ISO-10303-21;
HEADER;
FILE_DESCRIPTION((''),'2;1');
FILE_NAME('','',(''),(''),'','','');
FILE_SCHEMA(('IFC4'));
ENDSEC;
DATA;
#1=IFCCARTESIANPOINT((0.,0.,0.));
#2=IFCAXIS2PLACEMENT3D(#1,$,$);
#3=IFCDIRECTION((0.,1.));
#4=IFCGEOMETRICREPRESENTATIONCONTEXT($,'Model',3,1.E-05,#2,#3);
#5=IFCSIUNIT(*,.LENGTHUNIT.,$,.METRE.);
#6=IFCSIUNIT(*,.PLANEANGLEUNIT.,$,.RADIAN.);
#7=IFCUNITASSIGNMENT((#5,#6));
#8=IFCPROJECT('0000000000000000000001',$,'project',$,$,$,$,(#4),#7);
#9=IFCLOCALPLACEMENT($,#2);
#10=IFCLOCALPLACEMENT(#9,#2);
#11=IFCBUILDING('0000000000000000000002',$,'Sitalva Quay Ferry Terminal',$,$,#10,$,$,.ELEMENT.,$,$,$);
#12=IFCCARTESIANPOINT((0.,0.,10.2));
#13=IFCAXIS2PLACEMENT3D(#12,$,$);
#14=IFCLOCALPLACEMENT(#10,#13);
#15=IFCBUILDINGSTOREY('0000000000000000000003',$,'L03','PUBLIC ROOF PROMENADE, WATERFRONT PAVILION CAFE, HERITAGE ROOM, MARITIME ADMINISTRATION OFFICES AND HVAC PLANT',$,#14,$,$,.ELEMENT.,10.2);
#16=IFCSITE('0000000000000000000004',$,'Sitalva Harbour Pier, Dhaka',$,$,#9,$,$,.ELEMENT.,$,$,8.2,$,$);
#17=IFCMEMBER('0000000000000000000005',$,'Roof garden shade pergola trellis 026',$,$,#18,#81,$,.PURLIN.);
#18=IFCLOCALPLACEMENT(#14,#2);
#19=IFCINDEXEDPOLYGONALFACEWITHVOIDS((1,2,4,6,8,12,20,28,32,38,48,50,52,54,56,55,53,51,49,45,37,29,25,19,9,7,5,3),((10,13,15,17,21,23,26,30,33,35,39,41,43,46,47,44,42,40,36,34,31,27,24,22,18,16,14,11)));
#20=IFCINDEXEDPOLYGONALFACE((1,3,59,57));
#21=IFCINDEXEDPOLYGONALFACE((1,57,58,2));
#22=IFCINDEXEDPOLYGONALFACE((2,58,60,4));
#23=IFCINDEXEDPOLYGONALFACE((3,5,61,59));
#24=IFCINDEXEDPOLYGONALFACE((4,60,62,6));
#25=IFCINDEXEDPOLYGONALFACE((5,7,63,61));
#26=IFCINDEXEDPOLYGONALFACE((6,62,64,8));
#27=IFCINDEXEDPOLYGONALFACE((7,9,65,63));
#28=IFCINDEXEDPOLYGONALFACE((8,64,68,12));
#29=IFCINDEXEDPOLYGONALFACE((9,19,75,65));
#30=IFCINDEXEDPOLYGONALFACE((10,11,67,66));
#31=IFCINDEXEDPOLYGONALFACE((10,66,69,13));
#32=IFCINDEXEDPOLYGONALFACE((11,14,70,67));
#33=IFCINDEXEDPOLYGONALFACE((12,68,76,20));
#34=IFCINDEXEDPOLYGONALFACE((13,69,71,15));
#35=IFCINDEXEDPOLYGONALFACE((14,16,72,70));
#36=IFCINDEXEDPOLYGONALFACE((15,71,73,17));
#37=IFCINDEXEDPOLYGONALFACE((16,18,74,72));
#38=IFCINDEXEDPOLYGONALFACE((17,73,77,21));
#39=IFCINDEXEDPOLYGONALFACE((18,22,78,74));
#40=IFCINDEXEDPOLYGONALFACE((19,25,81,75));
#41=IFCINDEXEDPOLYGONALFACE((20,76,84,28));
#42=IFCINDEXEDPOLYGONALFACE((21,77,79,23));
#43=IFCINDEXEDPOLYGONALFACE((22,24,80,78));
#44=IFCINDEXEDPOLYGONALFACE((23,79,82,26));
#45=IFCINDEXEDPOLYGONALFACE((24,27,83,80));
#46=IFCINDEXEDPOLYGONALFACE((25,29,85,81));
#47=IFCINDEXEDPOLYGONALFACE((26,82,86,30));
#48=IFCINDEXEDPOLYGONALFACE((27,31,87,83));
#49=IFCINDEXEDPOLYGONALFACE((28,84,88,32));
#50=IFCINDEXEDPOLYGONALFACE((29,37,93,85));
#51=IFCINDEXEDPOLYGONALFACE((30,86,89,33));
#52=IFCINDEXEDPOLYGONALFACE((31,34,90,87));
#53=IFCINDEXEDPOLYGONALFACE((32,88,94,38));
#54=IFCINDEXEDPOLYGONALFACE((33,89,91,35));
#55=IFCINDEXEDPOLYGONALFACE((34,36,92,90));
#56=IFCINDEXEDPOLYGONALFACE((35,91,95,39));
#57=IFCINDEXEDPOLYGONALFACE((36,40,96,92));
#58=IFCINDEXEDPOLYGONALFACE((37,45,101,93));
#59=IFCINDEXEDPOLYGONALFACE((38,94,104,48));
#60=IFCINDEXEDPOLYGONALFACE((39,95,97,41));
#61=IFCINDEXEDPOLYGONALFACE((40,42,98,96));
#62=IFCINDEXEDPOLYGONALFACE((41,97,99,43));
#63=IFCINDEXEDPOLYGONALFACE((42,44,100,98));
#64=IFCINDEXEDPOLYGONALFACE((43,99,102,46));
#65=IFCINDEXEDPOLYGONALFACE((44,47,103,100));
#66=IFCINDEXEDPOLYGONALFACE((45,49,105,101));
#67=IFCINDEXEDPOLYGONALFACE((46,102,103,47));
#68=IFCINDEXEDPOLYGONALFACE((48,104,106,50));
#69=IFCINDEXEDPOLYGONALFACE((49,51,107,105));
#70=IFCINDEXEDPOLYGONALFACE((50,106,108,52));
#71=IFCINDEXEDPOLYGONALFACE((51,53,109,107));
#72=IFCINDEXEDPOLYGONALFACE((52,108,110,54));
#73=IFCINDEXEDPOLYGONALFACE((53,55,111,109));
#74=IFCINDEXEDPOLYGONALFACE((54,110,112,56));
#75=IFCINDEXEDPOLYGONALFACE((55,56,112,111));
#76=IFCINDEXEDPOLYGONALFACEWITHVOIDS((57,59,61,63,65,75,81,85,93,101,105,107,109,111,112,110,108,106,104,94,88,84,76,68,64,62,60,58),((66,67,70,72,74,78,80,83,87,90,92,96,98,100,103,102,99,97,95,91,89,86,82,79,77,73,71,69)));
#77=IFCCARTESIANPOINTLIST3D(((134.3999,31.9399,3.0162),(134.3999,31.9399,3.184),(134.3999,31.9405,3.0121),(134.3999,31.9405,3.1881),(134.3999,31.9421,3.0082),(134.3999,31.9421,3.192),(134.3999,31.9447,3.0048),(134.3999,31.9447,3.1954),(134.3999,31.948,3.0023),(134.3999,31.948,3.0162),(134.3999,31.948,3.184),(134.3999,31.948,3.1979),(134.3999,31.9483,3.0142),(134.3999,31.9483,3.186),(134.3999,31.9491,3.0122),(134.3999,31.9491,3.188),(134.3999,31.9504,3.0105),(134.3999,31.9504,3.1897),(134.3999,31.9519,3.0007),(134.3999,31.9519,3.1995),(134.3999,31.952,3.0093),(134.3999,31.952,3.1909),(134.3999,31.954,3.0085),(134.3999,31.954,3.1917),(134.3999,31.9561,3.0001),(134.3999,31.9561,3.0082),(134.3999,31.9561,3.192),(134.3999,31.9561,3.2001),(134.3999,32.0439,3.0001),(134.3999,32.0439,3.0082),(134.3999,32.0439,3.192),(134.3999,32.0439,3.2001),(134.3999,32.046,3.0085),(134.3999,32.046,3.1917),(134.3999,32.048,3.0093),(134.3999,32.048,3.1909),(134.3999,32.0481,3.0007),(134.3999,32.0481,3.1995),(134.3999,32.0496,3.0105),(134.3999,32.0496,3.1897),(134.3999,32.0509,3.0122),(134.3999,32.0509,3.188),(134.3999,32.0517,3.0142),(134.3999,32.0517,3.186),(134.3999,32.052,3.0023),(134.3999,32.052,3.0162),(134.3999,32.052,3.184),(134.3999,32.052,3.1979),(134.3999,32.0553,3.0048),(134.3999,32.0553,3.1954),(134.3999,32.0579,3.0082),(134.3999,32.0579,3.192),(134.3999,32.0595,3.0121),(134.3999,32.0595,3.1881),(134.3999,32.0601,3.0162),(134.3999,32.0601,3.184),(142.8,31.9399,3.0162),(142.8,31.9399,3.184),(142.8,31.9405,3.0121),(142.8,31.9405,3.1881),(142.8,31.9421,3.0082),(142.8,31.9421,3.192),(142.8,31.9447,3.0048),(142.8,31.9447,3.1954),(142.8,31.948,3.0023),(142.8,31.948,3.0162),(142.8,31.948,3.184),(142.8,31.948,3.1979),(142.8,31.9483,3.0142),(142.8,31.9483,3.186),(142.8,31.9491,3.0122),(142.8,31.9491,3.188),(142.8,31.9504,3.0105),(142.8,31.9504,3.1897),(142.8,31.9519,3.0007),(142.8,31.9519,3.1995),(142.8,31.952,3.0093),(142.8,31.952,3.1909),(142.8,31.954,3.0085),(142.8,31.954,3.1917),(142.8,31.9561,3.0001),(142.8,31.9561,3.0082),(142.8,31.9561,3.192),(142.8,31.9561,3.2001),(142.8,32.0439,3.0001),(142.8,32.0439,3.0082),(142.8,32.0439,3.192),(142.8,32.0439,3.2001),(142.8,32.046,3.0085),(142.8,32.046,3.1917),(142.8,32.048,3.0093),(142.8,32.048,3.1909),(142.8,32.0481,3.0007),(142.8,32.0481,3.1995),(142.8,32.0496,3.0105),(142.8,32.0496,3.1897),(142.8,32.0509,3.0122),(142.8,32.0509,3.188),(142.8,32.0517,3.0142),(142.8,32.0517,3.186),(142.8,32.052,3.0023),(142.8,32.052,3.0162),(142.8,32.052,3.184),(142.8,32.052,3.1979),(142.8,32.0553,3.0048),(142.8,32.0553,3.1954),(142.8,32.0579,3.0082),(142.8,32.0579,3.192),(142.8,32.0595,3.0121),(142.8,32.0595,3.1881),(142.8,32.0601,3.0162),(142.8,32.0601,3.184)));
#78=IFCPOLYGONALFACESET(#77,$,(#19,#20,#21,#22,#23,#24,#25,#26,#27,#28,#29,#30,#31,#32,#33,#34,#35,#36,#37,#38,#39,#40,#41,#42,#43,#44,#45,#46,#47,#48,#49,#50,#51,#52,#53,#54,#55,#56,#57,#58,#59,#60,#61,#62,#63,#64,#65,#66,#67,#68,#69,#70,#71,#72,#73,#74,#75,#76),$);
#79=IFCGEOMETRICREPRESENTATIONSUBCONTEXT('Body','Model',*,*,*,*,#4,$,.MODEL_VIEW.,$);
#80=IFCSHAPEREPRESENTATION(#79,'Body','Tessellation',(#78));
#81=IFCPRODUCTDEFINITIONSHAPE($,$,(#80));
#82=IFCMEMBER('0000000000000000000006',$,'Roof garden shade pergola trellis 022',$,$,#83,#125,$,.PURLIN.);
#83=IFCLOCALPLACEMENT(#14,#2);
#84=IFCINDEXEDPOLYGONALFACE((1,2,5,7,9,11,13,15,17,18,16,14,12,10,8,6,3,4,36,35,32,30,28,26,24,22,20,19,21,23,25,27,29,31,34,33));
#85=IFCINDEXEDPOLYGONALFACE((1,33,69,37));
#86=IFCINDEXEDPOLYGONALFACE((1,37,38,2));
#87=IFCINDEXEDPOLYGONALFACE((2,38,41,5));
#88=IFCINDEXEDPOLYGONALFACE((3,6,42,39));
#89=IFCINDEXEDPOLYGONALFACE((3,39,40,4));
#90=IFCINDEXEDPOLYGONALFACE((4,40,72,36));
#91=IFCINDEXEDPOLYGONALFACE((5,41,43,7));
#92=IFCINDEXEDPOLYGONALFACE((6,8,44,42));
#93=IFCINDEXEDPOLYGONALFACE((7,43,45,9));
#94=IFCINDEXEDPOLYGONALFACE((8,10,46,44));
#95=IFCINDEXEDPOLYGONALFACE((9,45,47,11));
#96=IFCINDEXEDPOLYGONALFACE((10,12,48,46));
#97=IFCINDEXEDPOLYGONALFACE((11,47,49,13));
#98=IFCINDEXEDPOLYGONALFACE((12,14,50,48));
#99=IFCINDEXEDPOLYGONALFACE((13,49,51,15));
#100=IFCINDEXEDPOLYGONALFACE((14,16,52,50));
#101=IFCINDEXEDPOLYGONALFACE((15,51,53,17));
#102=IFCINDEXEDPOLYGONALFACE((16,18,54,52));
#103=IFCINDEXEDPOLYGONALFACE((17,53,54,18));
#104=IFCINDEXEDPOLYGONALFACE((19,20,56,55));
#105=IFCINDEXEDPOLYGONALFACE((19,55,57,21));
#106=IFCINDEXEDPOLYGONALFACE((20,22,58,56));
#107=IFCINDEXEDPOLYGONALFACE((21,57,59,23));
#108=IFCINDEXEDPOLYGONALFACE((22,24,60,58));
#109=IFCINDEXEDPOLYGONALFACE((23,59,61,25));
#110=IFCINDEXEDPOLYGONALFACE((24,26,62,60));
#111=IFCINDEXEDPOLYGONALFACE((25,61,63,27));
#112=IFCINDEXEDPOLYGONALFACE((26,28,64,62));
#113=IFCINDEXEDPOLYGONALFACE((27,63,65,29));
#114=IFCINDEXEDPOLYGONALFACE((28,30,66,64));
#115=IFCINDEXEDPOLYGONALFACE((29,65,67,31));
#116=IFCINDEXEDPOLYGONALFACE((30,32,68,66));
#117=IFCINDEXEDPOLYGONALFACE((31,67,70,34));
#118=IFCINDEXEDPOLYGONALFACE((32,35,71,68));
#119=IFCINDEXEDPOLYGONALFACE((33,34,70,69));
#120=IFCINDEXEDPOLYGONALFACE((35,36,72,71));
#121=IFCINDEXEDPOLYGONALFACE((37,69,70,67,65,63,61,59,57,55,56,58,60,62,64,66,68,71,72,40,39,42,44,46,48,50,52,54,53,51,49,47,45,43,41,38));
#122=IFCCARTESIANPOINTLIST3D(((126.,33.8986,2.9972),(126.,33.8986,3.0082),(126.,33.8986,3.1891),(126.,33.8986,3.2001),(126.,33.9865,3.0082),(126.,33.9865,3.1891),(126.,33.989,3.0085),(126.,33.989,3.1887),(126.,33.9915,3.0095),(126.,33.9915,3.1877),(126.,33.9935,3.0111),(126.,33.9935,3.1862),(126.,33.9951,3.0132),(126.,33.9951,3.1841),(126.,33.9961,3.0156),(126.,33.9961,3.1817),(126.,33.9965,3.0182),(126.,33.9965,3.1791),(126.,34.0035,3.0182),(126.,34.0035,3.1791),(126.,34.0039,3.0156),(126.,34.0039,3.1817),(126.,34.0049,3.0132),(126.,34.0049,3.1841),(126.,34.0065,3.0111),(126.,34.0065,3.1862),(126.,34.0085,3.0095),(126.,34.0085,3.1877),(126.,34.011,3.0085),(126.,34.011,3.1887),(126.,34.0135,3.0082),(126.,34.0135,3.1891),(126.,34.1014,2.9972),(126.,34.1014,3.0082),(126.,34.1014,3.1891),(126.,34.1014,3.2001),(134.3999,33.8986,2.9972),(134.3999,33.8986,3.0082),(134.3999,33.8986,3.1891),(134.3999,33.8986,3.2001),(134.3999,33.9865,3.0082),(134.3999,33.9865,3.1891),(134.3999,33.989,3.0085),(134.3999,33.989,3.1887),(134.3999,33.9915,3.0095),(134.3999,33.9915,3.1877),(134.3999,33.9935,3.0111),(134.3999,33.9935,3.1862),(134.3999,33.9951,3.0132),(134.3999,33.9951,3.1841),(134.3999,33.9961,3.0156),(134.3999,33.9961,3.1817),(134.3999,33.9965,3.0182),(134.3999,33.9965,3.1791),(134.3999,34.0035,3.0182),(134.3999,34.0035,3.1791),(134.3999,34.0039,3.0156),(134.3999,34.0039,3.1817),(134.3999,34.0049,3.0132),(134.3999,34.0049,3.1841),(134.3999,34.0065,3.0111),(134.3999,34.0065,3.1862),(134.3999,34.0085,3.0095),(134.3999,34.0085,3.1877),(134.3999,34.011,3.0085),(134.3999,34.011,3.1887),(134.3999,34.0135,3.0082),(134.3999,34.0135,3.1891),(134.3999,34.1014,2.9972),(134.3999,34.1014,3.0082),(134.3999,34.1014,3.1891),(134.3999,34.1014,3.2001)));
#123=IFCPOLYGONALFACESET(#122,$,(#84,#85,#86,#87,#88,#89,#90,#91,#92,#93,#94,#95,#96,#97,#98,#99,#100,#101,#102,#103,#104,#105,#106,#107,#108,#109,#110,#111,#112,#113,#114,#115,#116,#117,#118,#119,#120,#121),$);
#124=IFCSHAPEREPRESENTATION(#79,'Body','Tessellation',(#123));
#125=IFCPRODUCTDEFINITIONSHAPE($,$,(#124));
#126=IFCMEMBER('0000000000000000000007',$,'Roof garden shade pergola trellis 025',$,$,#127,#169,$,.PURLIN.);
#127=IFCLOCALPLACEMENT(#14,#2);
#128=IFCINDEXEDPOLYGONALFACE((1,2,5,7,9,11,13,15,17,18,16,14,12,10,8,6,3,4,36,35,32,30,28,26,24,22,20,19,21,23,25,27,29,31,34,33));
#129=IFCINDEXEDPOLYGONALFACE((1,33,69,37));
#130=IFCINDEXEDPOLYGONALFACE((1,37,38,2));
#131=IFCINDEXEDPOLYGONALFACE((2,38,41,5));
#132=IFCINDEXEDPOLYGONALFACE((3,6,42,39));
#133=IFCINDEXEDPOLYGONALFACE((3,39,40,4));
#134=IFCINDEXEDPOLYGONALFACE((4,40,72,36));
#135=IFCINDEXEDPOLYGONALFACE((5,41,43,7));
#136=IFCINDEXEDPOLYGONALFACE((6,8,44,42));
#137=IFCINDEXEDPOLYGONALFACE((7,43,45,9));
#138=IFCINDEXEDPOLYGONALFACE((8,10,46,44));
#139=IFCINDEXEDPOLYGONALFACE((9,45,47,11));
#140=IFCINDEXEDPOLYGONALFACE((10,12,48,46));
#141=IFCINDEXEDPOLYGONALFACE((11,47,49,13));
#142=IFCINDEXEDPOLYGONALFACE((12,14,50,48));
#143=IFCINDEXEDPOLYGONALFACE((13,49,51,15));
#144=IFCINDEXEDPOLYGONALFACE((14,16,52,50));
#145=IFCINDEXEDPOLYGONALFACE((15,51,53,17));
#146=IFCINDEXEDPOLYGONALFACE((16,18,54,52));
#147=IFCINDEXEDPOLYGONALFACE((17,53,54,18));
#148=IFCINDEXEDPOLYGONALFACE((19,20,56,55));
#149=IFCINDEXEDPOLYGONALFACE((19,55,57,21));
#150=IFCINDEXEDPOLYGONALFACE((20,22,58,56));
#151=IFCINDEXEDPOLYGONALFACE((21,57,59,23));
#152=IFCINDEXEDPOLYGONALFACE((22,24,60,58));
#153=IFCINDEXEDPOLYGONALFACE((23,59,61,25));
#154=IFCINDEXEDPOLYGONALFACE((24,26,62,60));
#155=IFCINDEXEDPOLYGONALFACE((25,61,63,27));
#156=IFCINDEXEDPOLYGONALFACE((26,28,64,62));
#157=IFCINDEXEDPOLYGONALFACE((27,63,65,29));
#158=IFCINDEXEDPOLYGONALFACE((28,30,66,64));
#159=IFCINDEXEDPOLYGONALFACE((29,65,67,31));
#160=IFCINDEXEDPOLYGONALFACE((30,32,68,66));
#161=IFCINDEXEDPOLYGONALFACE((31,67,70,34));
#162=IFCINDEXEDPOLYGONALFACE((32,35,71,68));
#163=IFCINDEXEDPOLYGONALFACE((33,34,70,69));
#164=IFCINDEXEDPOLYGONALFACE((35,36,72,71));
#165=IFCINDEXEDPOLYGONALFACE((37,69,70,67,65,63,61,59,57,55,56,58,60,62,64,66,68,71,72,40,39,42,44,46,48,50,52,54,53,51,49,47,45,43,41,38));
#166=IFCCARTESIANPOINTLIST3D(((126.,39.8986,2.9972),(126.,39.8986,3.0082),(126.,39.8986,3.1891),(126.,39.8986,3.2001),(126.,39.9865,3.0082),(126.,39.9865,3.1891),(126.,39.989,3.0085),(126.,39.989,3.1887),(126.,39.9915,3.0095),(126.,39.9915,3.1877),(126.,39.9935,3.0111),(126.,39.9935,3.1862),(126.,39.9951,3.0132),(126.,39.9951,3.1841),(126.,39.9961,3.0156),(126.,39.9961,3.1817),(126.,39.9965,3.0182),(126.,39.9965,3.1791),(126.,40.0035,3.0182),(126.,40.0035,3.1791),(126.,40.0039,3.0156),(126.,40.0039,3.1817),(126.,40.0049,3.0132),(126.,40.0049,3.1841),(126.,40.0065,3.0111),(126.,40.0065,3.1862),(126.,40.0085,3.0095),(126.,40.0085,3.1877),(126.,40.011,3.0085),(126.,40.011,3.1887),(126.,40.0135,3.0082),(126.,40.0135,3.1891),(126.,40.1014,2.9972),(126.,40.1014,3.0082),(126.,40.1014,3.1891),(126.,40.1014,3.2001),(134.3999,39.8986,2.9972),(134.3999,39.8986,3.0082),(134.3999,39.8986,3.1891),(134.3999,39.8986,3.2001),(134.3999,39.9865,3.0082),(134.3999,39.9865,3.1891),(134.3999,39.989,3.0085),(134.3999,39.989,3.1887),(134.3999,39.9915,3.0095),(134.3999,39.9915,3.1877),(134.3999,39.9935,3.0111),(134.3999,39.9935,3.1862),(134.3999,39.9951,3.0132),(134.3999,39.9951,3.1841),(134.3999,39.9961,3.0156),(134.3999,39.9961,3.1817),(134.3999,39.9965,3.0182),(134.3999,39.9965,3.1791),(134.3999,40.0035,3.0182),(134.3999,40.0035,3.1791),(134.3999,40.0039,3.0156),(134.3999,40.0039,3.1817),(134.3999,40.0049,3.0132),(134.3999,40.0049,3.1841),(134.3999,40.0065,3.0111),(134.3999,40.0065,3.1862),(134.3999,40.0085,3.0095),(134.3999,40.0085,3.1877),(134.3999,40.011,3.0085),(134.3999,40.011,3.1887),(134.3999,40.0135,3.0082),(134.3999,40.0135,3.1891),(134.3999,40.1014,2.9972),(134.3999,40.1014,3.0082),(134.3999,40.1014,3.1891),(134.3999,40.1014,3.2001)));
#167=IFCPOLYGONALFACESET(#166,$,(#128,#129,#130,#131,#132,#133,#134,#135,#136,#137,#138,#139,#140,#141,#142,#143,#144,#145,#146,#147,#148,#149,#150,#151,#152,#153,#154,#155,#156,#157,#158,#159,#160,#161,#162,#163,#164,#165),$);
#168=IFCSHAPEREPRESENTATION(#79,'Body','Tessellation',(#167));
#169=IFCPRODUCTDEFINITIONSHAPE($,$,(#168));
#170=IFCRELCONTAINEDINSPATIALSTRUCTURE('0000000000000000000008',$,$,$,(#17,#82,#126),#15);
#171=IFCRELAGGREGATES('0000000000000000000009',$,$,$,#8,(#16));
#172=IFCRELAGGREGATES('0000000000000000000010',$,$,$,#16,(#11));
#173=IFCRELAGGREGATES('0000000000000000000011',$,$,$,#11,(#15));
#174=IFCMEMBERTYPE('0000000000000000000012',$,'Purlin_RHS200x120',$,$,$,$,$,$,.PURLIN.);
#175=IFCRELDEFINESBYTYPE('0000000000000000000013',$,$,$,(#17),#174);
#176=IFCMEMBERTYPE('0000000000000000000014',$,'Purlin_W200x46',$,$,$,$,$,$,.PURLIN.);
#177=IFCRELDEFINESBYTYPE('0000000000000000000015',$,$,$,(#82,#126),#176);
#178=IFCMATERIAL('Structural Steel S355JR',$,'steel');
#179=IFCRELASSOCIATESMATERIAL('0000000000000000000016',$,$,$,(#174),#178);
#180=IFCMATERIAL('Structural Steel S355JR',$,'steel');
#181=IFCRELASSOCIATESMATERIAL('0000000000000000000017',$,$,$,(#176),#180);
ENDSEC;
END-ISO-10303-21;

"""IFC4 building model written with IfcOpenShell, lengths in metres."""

from ifc_helpers import new_model, si_unit, direction, frame, origin, origin_2d, place, context, subcontext, project, spatial, hollow_rectangle, i_section, extrude, material, material_profile, profile_set, type_object, element, save


model = new_model("IFC4")

# Units and contexts
model_context = context("Model", 3, precision=1e-05, world=origin(), true_north=direction((0.0, 1.0)))
body_context = subcontext(model_context, "Body", "Model", "MODEL_VIEW")
ifc_project = project(units=[si_unit("LENGTHUNIT", "METRE"), si_unit("PLANEANGLEUNIT", "RADIAN")], contexts=[model_context])

# Site, building, storey
site_placement = place(None, origin())
site = spatial("IfcSite", under=ifc_project, at=site_placement, Name="Sitalva Harbour Pier, Dhaka", CompositionType="ELEMENT", RefElevation=8.2)
building_placement = place(site_placement, origin())
building = spatial("IfcBuilding", under=site, at=building_placement, Name="Sitalva Quay Ferry Terminal", CompositionType="ELEMENT")
storey_placement = place(building_placement, frame((0.0, 0.0, 10.2)))
storey = spatial("IfcBuildingStorey", under=building, at=storey_placement, Name="L03", Description="PUBLIC ROOF PROMENADE, WATERFRONT PAVILION CAFE, HERITAGE ROOM, MARITIME ADMINISTRATION OFFICES AND HVAC PLANT", CompositionType="ELEMENT", Elevation=10.2)

# Members
ifc_material_1 = material(Name="Structural Steel S355JR", Category="steel")
ifc_material_profile_1 = material_profile(ifc_material_1, hollow_rectangle(XDim=0.1201, YDim=0.2, WallThickness=0.0081, InnerFilletRadius=0.0081, OuterFilletRadius=0.0161, at=origin_2d()), Name="RHS200x120x8")
ifc_profile_set_1 = profile_set([ifc_material_profile_1], Name="Structural Steel S355JR")
member_type_1 = type_object("IfcMemberType", Name="Purlin_RHS200x120", PredefinedType="PURLIN", material=ifc_profile_set_1)
member_1_placement = place(storey_placement, frame((134.3999, 32.0, 3.1001), z_axis=(1.0, 0.0, 0.0), x_axis=(0.0, 1.0, 0.0)))
element("IfcMember", 1, at=member_1_placement, inside=storey, type_object=member_type_1, Name="Roof garden shade pergola trellis 026", PredefinedType="PURLIN", context=body_context, shape_type="SweptSolid", body=[
    extrude(hollow_rectangle(XDim=0.1201, YDim=0.2, WallThickness=0.0081, InnerFilletRadius=0.0081, OuterFilletRadius=0.0161, at=origin_2d()), origin(), (0.0, 0.0, 1.0), 8.4001),
])
ifc_material_2 = material(Name="Structural Steel S355JR", Category="steel")
ifc_material_profile_2 = material_profile(ifc_material_2, i_section(OverallWidth=0.2029, OverallDepth=0.2029, WebThickness=0.0071, FlangeThickness=0.011, FilletRadius=0.01, at=origin_2d()), Name="W200x46")
ifc_profile_set_2 = profile_set([ifc_material_profile_2], Name="Structural Steel S355JR")
member_type_2 = type_object("IfcMemberType", Name="Purlin_W200x46", PredefinedType="PURLIN", material=ifc_profile_set_2)
for number, where, z_axis, x_axis, name in (
    (2, (126.0, 34.0, 3.0986), (1.0, 0.0, 0.0), (0.0, 1.0, 0.0), "Roof garden shade pergola trellis 022"),
    (3, (126.0, 40.0, 3.0986), (1.0, 0.0, 0.0), (0.0, 1.0, 0.0), "Roof garden shade pergola trellis 025"),
):
    element("IfcMember", number, at=place(storey_placement, frame(where, z_axis=z_axis, x_axis=x_axis)), inside=storey, type_object=member_type_2, Name=name, PredefinedType="PURLIN", context=body_context, shape_type="SweptSolid", body=[
        extrude(i_section(OverallWidth=0.2029, OverallDepth=0.2029, WebThickness=0.0071, FlangeThickness=0.011, FilletRadius=0.01, at=origin_2d()), origin(), (0.0, 0.0, 1.0), 8.3999),
    ])

save(model, "model.ifc")
